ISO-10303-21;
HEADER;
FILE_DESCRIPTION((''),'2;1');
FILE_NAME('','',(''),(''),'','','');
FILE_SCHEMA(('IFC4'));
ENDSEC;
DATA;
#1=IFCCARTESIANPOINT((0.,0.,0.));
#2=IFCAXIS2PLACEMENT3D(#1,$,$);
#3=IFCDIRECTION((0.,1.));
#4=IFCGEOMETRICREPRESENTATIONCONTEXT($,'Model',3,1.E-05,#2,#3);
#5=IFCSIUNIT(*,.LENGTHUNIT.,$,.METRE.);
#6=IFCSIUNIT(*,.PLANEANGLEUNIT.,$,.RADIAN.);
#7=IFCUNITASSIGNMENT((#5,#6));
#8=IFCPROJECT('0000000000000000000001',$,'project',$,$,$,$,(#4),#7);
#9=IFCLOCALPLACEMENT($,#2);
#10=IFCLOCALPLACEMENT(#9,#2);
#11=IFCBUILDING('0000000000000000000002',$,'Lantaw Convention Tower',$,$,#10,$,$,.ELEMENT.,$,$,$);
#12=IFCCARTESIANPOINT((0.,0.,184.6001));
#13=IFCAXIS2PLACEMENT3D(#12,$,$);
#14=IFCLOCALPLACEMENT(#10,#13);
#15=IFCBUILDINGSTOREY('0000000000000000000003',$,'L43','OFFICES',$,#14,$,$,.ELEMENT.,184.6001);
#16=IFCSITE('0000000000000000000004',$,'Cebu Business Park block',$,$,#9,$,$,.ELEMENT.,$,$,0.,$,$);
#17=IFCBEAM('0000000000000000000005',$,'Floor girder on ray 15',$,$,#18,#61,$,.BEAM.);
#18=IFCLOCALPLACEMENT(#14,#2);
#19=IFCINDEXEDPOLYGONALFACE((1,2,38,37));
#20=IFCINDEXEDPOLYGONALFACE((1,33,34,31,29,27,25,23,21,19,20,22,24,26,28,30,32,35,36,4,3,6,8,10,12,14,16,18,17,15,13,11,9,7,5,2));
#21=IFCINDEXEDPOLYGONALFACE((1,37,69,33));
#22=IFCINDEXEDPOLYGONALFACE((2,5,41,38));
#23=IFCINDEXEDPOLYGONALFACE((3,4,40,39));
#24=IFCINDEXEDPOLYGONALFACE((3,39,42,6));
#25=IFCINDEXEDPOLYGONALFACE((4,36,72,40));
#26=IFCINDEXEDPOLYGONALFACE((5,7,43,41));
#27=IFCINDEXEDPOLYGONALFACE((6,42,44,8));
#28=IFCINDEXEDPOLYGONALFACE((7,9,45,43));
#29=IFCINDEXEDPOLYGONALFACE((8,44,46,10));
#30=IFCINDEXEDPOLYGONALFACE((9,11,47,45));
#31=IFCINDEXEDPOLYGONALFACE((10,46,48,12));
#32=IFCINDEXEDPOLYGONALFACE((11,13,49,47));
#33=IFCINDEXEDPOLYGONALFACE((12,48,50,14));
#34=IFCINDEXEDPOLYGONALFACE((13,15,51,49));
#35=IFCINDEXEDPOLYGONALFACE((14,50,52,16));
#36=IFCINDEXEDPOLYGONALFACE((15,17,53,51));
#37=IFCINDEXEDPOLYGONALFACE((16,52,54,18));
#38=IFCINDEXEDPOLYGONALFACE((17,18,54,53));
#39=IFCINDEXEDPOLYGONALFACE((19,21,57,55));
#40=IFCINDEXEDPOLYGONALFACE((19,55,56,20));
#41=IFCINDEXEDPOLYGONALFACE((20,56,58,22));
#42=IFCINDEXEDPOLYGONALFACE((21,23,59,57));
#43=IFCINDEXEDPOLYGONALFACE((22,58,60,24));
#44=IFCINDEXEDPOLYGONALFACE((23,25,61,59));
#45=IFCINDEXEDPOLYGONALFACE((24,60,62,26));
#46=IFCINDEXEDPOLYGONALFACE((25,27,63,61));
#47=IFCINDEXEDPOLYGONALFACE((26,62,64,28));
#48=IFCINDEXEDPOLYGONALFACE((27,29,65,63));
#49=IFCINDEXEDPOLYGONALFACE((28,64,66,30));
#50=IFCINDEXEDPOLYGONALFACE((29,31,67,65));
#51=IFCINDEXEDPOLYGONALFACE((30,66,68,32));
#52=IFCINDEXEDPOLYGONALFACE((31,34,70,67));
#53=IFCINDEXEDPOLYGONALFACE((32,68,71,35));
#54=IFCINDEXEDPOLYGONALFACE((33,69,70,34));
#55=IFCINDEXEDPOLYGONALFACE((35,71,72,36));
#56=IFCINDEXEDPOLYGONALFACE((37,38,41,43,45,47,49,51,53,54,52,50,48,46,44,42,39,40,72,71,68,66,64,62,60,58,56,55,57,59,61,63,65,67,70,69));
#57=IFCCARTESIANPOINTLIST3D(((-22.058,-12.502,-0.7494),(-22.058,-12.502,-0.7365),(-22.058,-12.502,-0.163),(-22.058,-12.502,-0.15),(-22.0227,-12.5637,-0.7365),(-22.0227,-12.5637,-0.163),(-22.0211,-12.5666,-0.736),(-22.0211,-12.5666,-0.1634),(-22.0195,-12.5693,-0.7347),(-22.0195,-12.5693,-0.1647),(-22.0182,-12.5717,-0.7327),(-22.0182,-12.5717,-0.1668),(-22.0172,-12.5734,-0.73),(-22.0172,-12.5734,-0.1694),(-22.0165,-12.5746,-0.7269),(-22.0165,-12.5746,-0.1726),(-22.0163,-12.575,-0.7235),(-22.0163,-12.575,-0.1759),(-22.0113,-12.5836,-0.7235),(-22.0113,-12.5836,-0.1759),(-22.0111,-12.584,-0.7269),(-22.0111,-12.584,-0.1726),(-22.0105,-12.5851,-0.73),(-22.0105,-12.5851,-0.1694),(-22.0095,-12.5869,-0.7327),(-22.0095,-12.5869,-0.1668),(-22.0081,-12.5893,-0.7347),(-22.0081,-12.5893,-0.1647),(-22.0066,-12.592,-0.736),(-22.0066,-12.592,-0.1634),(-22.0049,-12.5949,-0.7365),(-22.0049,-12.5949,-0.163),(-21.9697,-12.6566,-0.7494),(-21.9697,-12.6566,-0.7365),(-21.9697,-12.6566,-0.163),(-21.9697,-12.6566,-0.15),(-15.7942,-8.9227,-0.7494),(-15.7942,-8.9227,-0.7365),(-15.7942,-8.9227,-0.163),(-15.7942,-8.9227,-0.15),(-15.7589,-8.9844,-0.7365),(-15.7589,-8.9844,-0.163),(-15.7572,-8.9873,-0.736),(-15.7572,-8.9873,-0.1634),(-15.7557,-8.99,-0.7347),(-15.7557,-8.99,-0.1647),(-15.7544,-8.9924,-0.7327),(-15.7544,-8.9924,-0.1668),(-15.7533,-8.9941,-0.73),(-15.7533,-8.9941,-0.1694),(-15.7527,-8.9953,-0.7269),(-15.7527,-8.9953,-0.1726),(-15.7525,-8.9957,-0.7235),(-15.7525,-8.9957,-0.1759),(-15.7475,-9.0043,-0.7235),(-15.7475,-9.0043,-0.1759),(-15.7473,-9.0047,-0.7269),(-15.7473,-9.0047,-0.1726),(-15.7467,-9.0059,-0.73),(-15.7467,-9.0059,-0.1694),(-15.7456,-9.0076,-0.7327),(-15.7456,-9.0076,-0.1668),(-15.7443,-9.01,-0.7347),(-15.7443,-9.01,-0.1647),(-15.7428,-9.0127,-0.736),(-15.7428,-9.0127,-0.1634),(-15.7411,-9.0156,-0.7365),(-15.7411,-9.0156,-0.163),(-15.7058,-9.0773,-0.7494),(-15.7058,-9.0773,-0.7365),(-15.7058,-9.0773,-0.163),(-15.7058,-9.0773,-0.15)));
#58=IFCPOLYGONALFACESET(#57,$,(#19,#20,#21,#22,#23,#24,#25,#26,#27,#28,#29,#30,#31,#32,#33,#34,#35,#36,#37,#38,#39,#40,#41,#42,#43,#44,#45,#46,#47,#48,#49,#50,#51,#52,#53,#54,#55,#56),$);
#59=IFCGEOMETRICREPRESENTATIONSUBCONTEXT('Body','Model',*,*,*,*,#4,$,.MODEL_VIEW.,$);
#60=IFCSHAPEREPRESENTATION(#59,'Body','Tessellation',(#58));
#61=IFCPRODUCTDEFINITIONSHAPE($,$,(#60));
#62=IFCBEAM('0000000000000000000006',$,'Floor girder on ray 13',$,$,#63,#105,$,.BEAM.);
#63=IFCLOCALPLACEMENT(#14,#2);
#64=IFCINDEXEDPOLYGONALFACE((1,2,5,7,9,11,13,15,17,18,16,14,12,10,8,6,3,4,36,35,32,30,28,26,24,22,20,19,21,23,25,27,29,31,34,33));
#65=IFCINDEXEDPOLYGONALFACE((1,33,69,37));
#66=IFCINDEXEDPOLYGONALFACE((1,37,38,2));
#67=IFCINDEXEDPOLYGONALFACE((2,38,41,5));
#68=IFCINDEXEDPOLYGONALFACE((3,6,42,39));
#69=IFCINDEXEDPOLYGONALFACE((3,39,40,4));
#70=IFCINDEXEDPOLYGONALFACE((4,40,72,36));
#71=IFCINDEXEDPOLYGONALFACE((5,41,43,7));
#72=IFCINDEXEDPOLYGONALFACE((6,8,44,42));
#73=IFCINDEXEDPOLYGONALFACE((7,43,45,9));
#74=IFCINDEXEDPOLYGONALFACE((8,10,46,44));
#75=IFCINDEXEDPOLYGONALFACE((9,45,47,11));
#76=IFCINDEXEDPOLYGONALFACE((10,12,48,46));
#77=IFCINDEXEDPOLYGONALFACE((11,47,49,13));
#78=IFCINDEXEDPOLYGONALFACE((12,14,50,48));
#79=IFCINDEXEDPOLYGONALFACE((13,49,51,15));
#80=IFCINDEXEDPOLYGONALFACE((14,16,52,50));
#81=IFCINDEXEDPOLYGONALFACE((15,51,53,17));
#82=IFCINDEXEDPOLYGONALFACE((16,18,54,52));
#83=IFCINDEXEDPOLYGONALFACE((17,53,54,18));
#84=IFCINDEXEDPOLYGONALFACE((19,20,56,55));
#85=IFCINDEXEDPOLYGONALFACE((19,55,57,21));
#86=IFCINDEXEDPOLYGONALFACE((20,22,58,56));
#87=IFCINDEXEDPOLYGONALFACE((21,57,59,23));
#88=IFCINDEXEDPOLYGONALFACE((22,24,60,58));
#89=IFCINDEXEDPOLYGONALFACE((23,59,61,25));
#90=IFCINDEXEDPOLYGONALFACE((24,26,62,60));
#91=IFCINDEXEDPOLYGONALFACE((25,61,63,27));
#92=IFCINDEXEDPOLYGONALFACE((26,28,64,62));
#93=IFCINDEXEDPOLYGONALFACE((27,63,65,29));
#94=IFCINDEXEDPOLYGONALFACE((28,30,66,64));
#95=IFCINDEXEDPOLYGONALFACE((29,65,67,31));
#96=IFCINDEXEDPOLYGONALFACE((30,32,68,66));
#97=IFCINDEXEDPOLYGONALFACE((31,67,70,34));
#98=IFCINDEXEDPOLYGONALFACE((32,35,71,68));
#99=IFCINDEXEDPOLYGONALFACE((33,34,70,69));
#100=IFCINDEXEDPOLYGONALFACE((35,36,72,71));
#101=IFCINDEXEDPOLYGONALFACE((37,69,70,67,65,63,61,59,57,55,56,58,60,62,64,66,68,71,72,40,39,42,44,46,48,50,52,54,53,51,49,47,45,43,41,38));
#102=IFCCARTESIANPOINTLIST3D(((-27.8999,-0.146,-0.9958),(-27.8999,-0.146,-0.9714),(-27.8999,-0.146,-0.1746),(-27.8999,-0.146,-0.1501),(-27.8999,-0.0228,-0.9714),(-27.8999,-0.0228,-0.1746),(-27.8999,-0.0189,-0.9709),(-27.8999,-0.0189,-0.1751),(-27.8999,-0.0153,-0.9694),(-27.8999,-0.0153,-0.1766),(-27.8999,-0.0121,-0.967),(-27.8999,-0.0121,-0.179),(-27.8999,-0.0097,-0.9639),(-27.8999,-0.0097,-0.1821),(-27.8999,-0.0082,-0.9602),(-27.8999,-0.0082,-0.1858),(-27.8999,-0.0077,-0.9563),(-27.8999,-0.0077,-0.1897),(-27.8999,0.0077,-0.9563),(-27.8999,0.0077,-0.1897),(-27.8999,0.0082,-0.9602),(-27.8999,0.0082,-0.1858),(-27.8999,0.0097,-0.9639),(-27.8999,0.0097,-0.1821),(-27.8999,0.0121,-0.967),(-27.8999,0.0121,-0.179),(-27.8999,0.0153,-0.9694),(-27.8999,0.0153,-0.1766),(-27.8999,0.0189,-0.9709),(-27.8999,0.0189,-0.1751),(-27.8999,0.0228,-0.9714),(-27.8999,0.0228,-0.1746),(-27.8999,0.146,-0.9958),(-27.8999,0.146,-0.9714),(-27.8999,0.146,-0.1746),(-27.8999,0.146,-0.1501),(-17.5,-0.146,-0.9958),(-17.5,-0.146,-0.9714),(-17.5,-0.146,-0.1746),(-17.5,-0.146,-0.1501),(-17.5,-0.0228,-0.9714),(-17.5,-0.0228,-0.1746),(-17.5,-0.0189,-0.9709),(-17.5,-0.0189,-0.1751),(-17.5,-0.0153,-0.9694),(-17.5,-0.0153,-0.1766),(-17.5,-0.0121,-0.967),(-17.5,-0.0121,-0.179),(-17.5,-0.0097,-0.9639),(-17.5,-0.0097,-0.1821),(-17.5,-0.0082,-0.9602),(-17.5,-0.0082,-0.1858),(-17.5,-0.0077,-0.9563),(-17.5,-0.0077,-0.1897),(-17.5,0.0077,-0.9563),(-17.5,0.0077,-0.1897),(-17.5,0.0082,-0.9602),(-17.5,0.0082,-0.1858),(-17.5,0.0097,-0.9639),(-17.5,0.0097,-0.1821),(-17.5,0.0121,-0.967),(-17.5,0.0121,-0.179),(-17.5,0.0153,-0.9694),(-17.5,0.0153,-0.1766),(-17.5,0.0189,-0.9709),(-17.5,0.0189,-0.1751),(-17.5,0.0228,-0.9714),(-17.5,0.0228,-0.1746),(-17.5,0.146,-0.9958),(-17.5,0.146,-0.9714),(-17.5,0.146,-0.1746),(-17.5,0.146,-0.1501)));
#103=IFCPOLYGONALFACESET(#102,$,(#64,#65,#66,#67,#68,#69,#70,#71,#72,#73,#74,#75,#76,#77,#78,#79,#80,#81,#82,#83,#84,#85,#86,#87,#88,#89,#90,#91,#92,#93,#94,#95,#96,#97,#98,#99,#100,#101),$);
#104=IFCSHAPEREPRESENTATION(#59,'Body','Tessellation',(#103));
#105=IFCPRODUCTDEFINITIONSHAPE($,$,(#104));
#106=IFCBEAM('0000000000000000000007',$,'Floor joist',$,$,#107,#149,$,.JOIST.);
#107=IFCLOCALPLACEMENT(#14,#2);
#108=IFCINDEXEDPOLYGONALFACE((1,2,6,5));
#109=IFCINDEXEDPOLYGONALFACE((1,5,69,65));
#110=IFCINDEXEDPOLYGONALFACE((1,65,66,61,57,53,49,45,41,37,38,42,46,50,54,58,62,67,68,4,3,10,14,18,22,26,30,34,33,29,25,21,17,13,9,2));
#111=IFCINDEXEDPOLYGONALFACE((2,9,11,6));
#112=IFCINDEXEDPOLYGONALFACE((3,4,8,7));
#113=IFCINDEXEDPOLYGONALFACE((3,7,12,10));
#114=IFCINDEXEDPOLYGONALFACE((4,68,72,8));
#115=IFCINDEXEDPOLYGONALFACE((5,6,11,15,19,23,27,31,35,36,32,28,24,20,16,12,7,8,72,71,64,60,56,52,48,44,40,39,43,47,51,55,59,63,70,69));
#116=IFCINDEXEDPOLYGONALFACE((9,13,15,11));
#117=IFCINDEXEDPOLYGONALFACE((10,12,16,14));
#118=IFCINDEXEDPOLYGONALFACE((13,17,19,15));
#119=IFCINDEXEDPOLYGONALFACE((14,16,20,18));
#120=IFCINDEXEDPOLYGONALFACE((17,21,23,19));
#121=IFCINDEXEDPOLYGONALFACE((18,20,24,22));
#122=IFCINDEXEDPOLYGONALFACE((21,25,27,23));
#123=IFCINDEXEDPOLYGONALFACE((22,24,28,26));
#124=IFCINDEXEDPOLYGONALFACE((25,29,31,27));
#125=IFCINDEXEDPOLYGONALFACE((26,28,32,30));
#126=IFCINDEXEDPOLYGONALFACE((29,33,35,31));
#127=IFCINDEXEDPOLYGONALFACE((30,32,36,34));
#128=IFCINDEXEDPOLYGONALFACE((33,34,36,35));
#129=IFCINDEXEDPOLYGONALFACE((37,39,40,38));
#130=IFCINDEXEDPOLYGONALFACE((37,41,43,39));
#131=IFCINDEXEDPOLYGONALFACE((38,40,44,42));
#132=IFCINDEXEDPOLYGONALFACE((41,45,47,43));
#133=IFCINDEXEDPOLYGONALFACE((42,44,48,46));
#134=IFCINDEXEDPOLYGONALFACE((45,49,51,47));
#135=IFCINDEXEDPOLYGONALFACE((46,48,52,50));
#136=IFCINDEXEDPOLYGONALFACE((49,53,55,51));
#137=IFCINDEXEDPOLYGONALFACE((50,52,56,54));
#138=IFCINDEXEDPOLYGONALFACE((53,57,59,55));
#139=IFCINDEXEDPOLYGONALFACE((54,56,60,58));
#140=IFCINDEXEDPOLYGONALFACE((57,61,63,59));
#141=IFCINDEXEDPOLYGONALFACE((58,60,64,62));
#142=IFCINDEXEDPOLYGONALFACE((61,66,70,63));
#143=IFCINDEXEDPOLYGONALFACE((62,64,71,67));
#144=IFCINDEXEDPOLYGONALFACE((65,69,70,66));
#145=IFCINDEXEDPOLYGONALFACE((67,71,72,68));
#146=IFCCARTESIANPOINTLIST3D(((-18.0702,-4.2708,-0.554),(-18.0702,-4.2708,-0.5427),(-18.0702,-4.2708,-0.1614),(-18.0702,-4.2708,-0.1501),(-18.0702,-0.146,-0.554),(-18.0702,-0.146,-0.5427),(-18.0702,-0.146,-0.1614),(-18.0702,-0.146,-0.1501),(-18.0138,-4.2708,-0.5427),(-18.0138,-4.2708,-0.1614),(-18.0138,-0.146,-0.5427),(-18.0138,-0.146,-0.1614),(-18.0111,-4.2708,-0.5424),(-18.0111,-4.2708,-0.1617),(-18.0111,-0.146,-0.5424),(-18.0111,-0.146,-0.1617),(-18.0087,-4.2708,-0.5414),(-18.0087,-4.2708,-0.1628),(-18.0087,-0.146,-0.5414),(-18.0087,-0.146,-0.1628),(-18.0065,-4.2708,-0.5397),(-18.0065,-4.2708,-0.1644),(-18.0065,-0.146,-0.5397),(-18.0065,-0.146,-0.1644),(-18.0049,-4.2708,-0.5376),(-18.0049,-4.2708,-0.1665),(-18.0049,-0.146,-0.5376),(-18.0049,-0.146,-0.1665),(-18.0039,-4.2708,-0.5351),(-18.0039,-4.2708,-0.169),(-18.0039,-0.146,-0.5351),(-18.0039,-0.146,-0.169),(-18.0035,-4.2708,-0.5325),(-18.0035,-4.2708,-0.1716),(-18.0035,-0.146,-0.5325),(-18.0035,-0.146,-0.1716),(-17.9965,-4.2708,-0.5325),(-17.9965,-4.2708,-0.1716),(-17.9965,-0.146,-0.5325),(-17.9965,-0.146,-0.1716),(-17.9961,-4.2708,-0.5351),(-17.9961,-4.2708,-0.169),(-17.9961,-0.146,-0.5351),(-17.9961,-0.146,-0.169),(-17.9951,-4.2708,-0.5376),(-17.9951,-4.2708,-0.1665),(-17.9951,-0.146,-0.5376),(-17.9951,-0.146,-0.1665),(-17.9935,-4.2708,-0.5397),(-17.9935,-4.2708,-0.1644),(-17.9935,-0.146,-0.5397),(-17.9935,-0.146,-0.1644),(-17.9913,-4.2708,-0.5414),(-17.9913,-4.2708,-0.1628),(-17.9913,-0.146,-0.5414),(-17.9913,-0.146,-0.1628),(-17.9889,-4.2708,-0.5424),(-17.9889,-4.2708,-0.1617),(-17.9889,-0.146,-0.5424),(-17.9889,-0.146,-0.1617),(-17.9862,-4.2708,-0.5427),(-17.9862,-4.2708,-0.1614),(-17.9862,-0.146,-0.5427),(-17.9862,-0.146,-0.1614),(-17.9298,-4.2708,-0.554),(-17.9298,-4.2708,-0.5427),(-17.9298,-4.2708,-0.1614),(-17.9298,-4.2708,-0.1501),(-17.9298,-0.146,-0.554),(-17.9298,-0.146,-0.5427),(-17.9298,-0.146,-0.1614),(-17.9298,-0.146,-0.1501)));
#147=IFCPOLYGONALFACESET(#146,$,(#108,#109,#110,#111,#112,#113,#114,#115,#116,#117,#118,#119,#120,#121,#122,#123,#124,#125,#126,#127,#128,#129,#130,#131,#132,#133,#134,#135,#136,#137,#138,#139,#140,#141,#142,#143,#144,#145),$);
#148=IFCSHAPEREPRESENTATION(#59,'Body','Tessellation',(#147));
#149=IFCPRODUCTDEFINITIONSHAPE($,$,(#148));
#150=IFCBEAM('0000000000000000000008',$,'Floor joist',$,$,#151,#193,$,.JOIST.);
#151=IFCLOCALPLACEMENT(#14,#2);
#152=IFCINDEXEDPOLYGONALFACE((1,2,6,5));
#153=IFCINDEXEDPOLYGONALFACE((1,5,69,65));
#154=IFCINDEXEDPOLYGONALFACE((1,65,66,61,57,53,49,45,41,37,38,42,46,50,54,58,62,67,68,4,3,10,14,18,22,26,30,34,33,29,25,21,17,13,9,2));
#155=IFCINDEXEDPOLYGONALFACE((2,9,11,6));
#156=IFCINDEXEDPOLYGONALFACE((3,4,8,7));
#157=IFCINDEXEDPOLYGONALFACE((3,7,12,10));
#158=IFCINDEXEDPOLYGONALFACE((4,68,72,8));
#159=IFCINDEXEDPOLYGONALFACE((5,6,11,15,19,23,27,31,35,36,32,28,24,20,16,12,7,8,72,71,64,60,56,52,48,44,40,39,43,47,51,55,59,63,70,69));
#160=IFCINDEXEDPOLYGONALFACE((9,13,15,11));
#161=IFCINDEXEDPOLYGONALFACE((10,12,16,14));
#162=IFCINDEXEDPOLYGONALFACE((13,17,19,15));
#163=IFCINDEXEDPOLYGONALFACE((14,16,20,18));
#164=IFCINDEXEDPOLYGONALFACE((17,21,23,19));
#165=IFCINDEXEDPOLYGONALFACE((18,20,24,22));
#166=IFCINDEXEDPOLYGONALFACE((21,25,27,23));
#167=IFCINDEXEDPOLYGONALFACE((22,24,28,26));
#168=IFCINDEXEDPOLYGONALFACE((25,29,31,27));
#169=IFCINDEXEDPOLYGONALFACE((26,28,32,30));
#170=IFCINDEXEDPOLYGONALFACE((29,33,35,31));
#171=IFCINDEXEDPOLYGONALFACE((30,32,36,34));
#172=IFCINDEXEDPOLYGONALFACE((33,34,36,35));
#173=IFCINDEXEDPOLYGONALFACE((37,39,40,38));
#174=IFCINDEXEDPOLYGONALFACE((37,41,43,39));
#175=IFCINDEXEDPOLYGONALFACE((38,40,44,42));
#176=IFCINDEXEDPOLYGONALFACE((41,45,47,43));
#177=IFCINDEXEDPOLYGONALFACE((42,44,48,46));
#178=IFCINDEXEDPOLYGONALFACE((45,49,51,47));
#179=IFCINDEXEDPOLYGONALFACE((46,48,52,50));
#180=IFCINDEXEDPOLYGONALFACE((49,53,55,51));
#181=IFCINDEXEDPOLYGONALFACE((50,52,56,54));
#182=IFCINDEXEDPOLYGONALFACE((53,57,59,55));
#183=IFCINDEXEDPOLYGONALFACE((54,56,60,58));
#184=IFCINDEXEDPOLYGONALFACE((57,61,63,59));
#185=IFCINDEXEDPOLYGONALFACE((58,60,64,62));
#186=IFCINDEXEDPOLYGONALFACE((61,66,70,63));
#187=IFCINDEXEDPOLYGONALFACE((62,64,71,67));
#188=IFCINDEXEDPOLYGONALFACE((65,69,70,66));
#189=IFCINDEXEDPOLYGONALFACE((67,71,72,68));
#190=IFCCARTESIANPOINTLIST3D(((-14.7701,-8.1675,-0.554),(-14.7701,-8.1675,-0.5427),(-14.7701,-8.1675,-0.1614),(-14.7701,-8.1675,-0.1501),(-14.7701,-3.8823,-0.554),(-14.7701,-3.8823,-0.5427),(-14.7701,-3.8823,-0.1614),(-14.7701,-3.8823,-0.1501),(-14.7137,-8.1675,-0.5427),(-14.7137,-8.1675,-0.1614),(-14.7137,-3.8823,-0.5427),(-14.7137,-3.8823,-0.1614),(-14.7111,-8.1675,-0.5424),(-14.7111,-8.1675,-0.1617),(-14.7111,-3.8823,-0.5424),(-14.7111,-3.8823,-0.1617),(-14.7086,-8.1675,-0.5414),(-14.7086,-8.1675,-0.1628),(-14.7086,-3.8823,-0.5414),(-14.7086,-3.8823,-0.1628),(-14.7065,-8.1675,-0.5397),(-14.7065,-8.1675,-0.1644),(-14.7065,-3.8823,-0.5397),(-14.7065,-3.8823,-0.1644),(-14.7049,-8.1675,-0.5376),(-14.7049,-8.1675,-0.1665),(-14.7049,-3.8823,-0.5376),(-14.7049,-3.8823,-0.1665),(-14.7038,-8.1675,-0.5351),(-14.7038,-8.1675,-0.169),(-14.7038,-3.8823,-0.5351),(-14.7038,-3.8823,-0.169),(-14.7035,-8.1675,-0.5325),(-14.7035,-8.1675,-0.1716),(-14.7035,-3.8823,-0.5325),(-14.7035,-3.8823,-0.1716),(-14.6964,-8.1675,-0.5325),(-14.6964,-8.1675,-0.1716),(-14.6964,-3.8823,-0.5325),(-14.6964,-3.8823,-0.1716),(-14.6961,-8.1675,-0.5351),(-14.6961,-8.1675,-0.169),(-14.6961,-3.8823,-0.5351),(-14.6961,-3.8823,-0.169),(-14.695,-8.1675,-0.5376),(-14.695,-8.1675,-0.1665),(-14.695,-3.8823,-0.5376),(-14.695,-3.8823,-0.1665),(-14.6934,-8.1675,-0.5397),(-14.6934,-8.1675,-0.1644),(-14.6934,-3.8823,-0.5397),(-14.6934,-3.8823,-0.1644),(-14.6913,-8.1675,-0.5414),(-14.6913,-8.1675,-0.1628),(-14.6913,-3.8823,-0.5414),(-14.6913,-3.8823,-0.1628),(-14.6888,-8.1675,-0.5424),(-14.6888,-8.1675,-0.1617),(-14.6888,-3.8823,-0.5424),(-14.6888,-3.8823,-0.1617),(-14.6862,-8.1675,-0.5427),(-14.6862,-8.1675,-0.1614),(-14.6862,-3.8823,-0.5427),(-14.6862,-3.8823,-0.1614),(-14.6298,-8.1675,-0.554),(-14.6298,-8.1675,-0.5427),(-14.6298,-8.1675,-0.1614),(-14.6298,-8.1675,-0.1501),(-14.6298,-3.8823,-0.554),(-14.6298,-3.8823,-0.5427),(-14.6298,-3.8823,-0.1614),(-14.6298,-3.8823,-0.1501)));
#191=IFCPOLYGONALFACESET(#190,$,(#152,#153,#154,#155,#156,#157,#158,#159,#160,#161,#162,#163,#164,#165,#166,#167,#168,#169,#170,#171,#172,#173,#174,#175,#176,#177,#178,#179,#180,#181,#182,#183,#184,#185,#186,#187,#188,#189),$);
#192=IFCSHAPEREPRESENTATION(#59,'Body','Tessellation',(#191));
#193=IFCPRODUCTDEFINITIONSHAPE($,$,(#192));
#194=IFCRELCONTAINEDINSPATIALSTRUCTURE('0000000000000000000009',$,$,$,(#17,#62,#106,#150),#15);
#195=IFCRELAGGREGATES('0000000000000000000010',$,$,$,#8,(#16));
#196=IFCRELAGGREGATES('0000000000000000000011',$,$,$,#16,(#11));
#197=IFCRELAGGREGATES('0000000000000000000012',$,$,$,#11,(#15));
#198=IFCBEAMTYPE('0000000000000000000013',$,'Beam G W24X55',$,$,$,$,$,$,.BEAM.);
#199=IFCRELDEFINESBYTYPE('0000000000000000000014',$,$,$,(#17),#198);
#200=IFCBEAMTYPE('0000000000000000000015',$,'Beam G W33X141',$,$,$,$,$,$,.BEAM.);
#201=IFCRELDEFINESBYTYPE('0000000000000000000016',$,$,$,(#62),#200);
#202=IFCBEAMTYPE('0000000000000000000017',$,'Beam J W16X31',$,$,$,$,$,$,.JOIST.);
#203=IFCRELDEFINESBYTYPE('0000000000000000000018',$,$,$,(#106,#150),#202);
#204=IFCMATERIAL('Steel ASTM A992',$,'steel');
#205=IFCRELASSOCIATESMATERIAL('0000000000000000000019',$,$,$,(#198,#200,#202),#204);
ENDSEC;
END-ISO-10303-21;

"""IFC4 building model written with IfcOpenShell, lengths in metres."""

from ifc_helpers import new_model, si_unit, direction, frame, origin, origin_2d, place, context, subcontext, project, spatial, i_section, extrude, material, material_profile, profile_set, type_object, element, save


model = new_model("IFC4")

# Units and contexts
model_context = context("Model", 3, precision=1e-05, world=origin(), true_north=direction((0.0, 1.0)))
body_context = subcontext(model_context, "Body", "Model", "MODEL_VIEW")
ifc_project = project(units=[si_unit("LENGTHUNIT", "METRE"), si_unit("PLANEANGLEUNIT", "RADIAN")], contexts=[model_context])

# Site, building, storey
site_placement = place(None, origin())
site = spatial("IfcSite", under=ifc_project, at=site_placement, Name="Cebu Business Park block", CompositionType="ELEMENT", RefElevation=0.0)
building_placement = place(site_placement, origin())
building = spatial("IfcBuilding", under=site, at=building_placement, Name="Lantaw Convention Tower", CompositionType="ELEMENT")
storey_placement = place(building_placement, frame((0.0, 0.0, 184.6001)))
storey = spatial("IfcBuildingStorey", under=building, at=storey_placement, Name="L43", Description="OFFICES", CompositionType="ELEMENT", Elevation=184.6001)

# Beams
ifc_material_1 = material(Name="Steel ASTM A992", Category="steel")
ifc_material_profile_1 = material_profile(ifc_material_1, i_section(OverallWidth=0.178, OverallDepth=0.5994, WebThickness=0.01, FlangeThickness=0.0129, FilletRadius=0.0129, at=origin_2d()), Name="W24X55")
ifc_profile_set_1 = profile_set([ifc_material_profile_1], Name="Steel ASTM A992")
beam_type_1 = type_object("IfcBeamType", Name="Beam G W24X55", PredefinedType="BEAM", material=ifc_profile_set_1)
beam_1_placement = place(storey_placement, frame((-15.75, -9.0, -0.4497), z_axis=(-0.868245, -0.496135, 0.0), x_axis=(0.496135, -0.868245, 0.0)))
element("IfcBeam", 1, at=beam_1_placement, inside=storey, type_object=beam_type_1, Name="Floor girder on ray 15", PredefinedType="BEAM", context=body_context, shape_type="SweptSolid", body=[
    extrude(i_section(OverallWidth=0.178, OverallDepth=0.5994, WebThickness=0.01, FlangeThickness=0.0129, FilletRadius=0.0129, at=origin_2d()), origin(), (0.0, 0.0, 1.0), 7.2144),
])
ifc_material_profile_2 = material_profile(ifc_material_1, i_section(OverallWidth=0.292, OverallDepth=0.8457, WebThickness=0.0154, FlangeThickness=0.0244, FilletRadius=0.0151, at=origin_2d()), Name="W33X141")
ifc_profile_set_2 = profile_set([ifc_material_profile_2], Name="Steel ASTM A992")
beam_type_2 = type_object("IfcBeamType", Name="Beam G W33X141", PredefinedType="BEAM", material=ifc_profile_set_2)
beam_2_placement = place(storey_placement, frame((-17.5, 0.0, -0.573), z_axis=(-1.0, 0.0, 0.0), x_axis=(0.0, -1.0, 0.0)))
element("IfcBeam", 2, at=beam_2_placement, inside=storey, type_object=beam_type_2, Name="Floor girder on ray 13", PredefinedType="BEAM", context=body_context, shape_type="SweptSolid", body=[
    extrude(i_section(OverallWidth=0.292, OverallDepth=0.8457, WebThickness=0.0154, FlangeThickness=0.0244, FilletRadius=0.0151, at=origin_2d()), origin(), (0.0, 0.0, 1.0), 10.3999),
])
ifc_material_profile_3 = material_profile(ifc_material_1, i_section(OverallWidth=0.1404, OverallDepth=0.4038, WebThickness=0.0071, FlangeThickness=0.0112, FilletRadius=0.0103, at=origin_2d()), Name="W16X31")
ifc_profile_set_3 = profile_set([ifc_material_profile_3], Name="Steel ASTM A992")
beam_type_3 = type_object("IfcBeamType", Name="Beam J W16X31", PredefinedType="JOIST", material=ifc_profile_set_3)
beam_3_placement = place(storey_placement, frame((-18.0, -4.2708, -0.3521), z_axis=(0.0, 1.0, 0.0), x_axis=(-1.0, 0.0, 0.0)))
element("IfcBeam", 3, at=beam_3_placement, inside=storey, type_object=beam_type_3, Name="Floor joist", PredefinedType="JOIST", context=body_context, shape_type="SweptSolid", body=[
    extrude(i_section(OverallWidth=0.1404, OverallDepth=0.4038, WebThickness=0.0071, FlangeThickness=0.0112, FilletRadius=0.0103, at=origin_2d()), origin(), (0.0, 0.0, 1.0), 4.1248),
])
beam_4_placement = place(storey_placement, frame((-14.7, -8.1675, -0.3521), z_axis=(0.0, 1.0, 0.0), x_axis=(-1.0, 0.0, 0.0)))
element("IfcBeam", 4, at=beam_4_placement, inside=storey, type_object=beam_type_3, Name="Floor joist", PredefinedType="JOIST", context=body_context, shape_type="SweptSolid", body=[
    extrude(i_section(OverallWidth=0.1404, OverallDepth=0.4038, WebThickness=0.0071, FlangeThickness=0.0112, FilletRadius=0.0103, at=origin_2d()), origin(), (0.0, 0.0, 1.0), 4.2852),
])

save(model, "model.ifc")
